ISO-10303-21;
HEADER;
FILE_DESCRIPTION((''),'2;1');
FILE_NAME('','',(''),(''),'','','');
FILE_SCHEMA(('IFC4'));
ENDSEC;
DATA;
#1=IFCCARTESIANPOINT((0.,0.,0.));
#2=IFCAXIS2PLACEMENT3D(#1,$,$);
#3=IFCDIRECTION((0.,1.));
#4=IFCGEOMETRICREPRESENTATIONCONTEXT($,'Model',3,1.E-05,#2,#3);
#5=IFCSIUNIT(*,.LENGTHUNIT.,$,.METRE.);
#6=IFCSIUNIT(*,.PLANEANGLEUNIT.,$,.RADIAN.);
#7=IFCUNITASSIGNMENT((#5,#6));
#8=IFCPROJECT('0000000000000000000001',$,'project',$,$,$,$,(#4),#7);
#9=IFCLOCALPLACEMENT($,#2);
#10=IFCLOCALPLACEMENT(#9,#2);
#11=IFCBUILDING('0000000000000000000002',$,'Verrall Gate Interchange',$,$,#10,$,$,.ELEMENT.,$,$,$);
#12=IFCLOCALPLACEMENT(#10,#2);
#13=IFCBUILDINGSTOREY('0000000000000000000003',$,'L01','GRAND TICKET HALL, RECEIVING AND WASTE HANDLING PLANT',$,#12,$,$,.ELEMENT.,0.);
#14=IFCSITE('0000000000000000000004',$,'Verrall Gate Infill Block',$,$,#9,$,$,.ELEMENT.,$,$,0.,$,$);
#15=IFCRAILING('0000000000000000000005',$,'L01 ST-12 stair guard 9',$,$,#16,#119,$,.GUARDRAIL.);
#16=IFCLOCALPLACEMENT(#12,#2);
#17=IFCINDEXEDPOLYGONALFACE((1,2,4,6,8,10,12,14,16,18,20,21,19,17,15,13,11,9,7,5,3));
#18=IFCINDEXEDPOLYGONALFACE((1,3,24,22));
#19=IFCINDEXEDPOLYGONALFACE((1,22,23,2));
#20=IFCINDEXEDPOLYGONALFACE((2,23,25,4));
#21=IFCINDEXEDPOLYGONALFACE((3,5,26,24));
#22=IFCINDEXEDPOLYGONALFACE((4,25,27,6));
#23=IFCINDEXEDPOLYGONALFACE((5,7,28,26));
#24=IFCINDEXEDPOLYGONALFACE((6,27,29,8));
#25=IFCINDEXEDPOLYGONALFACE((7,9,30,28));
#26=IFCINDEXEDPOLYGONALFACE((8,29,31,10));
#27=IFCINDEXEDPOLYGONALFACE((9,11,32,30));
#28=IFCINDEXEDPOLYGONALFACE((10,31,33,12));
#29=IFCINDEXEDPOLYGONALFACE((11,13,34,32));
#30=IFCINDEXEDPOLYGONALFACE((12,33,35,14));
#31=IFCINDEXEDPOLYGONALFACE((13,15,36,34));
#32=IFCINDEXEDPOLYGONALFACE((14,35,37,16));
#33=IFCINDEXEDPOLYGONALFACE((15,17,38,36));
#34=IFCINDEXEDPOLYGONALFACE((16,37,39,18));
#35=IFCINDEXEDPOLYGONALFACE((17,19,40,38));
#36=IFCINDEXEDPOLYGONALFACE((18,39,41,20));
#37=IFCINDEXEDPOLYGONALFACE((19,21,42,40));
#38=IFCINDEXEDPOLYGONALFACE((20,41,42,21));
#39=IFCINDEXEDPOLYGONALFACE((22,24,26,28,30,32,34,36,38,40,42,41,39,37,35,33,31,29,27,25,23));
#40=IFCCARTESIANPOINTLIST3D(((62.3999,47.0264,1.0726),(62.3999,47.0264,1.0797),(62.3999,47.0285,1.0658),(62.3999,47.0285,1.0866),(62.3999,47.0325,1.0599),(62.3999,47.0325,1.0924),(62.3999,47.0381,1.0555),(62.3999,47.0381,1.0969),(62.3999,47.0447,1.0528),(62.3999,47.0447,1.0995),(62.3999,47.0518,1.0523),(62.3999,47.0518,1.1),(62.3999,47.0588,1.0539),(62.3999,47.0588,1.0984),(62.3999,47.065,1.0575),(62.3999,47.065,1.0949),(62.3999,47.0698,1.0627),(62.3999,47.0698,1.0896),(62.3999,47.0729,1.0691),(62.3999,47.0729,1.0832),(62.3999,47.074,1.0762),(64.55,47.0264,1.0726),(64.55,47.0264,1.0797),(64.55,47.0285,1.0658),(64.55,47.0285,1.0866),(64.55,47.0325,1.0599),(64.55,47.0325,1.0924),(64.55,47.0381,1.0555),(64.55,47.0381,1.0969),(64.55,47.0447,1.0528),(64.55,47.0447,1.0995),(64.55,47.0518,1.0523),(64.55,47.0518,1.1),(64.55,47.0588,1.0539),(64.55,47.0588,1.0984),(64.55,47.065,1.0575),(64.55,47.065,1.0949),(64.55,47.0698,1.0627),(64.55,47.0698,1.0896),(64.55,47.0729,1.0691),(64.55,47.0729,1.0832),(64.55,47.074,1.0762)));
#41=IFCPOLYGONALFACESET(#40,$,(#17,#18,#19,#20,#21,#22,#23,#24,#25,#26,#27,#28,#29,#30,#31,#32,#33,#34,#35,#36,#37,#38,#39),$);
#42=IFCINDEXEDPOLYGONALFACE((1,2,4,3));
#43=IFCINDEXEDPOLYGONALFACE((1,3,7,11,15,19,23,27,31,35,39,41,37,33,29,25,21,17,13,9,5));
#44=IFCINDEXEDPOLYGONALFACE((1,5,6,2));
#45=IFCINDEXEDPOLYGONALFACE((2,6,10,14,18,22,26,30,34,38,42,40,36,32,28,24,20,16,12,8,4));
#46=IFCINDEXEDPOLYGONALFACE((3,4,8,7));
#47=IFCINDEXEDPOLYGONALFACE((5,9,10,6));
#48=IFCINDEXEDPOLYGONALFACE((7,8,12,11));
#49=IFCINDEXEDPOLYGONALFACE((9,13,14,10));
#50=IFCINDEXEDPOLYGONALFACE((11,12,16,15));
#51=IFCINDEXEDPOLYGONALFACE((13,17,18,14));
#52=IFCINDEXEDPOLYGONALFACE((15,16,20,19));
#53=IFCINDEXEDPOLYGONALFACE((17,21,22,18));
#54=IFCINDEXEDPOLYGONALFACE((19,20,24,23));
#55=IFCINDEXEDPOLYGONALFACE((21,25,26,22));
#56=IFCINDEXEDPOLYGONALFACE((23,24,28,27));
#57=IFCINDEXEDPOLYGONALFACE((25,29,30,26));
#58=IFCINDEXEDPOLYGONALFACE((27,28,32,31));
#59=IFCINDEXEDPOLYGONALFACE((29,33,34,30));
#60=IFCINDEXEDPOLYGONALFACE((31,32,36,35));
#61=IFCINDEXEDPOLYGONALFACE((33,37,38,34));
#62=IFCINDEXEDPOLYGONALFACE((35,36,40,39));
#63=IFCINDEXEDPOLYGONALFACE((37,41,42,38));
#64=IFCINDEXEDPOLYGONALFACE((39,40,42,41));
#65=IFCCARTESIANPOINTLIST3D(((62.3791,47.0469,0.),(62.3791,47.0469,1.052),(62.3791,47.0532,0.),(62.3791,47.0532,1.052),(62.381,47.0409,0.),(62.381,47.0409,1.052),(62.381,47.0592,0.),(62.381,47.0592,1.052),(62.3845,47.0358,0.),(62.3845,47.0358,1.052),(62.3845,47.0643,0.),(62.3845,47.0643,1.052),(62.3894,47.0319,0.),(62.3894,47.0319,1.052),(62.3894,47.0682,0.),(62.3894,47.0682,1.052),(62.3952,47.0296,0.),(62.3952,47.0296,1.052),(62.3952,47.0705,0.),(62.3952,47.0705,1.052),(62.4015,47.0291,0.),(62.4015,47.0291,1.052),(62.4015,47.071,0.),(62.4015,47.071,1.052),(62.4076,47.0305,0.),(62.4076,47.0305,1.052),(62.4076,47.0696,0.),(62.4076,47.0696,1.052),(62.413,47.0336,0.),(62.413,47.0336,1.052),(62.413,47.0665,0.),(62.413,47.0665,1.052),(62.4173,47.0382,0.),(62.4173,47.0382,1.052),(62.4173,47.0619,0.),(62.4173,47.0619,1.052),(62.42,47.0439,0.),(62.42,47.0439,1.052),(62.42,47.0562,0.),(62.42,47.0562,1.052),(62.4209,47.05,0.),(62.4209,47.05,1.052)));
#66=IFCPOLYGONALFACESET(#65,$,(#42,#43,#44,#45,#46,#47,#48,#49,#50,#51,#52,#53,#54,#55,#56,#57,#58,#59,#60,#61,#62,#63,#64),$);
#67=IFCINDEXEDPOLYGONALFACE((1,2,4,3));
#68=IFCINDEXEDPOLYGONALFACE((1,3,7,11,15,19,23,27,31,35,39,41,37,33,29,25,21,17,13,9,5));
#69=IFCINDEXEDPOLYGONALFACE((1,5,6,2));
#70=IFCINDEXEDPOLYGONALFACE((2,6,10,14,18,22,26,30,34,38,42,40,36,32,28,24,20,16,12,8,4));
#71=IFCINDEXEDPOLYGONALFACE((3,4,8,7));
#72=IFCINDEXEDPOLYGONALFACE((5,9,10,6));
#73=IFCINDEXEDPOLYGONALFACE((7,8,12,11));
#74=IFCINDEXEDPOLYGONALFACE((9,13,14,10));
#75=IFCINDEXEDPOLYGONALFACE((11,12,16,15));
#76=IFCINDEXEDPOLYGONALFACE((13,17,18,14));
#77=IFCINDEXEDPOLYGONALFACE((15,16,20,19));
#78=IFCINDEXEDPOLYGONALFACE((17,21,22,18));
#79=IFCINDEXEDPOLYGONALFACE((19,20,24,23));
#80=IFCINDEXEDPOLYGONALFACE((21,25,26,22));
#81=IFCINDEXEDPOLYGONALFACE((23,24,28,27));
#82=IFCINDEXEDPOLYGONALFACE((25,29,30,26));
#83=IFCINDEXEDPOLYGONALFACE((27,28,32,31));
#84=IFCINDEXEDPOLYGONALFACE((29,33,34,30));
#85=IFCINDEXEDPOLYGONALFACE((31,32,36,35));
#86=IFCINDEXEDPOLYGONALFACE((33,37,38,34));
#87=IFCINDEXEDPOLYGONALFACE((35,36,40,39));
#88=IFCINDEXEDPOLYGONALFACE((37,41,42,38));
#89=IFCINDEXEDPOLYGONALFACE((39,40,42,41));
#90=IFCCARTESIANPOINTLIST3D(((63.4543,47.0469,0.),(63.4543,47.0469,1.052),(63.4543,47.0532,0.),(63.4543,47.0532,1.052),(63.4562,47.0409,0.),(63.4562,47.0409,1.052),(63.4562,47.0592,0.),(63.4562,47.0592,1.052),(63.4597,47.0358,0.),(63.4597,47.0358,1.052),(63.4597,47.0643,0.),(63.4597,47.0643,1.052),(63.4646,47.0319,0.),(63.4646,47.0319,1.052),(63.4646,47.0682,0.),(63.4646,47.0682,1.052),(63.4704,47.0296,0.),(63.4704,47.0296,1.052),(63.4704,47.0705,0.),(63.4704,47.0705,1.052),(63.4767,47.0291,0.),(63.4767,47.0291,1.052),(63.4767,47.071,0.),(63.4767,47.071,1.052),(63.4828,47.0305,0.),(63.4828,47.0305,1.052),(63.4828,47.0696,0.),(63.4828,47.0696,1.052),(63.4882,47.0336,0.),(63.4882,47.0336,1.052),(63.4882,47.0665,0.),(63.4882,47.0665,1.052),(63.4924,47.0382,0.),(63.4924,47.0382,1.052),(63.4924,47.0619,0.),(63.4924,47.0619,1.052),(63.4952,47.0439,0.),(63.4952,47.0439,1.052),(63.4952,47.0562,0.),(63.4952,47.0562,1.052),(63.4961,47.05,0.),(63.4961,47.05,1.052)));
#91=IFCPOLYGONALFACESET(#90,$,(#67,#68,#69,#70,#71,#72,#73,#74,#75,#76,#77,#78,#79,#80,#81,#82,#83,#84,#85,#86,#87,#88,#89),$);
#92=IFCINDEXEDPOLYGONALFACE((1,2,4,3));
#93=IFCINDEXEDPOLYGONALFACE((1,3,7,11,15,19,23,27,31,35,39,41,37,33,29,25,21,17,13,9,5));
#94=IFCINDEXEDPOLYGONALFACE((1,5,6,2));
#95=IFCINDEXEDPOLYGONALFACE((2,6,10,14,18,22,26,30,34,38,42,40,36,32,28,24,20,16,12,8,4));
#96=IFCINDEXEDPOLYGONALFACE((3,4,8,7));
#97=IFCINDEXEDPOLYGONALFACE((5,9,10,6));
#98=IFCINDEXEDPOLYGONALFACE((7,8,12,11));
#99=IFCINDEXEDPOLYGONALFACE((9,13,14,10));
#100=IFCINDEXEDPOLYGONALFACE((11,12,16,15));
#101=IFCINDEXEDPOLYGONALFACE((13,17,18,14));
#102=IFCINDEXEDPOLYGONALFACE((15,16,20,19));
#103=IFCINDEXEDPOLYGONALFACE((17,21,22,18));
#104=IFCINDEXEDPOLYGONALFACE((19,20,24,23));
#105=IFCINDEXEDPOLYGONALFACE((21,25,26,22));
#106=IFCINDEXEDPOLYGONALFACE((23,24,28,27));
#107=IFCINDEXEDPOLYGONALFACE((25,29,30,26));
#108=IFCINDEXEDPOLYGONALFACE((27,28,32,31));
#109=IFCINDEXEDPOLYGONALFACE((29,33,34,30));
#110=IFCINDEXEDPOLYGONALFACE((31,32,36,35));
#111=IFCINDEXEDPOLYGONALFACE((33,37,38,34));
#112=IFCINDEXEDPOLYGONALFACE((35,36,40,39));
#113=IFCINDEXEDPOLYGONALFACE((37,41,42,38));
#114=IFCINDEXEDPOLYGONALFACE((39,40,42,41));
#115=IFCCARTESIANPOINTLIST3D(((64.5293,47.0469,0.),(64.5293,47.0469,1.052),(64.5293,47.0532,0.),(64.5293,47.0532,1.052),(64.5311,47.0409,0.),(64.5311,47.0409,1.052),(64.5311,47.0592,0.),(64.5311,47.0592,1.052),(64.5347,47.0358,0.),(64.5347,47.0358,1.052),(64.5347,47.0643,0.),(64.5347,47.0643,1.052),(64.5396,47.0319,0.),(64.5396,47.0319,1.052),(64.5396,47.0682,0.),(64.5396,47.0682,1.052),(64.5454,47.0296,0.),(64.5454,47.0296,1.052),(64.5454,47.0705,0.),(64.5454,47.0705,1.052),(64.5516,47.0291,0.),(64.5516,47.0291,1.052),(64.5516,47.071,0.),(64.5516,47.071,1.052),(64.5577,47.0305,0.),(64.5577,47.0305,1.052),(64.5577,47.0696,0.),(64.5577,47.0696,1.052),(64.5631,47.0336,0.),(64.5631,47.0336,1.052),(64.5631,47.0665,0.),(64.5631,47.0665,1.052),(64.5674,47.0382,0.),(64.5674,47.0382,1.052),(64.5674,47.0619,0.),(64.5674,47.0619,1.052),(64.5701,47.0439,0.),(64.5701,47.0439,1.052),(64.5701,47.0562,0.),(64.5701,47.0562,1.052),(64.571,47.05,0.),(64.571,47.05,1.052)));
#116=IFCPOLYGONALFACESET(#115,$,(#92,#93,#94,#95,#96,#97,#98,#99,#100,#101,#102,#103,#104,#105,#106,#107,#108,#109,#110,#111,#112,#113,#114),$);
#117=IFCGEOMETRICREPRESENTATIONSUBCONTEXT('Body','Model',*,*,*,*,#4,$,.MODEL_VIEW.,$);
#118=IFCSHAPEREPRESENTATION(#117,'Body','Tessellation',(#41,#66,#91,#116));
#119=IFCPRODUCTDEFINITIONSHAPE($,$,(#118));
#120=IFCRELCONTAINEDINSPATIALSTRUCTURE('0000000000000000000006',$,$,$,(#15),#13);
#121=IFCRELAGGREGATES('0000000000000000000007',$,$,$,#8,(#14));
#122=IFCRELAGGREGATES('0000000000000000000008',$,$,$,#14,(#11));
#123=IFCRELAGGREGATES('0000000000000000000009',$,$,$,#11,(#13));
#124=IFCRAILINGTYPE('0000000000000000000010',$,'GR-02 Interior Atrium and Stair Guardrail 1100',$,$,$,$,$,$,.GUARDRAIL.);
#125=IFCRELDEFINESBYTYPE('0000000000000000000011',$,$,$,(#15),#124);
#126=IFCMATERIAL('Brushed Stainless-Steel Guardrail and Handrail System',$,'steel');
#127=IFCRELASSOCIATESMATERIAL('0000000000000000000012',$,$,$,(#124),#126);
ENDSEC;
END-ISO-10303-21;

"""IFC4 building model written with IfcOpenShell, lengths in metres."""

from ifc_helpers import new_model, si_unit, direction, frame, origin, origin_2d, place, context, subcontext, project, spatial, circle, extrude, material, type_object, element, save


model = new_model("IFC4")

# Units and contexts
model_context = context("Model", 3, precision=1e-05, world=origin(), true_north=direction((0.0, 1.0)))
body_context = subcontext(model_context, "Body", "Model", "MODEL_VIEW")
ifc_project = project(units=[si_unit("LENGTHUNIT", "METRE"), si_unit("PLANEANGLEUNIT", "RADIAN")], contexts=[model_context])

# Site, building, storey
site_placement = place(None, origin())
site = spatial("IfcSite", under=ifc_project, at=site_placement, Name="Verrall Gate Infill Block", CompositionType="ELEMENT", RefElevation=0.0)
building_placement = place(site_placement, origin())
building = spatial("IfcBuilding", under=site, at=building_placement, Name="Verrall Gate Interchange", CompositionType="ELEMENT")
storey_placement = place(building_placement, origin())
storey = spatial("IfcBuildingStorey", under=building, at=storey_placement, Name="L01", Description="GRAND TICKET HALL, RECEIVING AND WASTE HANDLING PLANT", CompositionType="ELEMENT", Elevation=0.0)

# Railing
ifc_material_1 = material(Name="Brushed Stainless-Steel Guardrail and Handrail System", Category="steel")
railing_type = type_object("IfcRailingType", Name="GR-02 Interior Atrium and Stair Guardrail 1100", PredefinedType="GUARDRAIL", material=ifc_material_1)
railing_placement = place(storey_placement, frame((62.3999, 47.05, 0.0)))
element("IfcRailing", 1, at=railing_placement, inside=storey, type_object=railing_type, Name="L01 ST-12 stair guard 9", PredefinedType="GUARDRAIL", context=body_context, shape_type="SweptSolid", body=[
    extrude(circle(Radius=0.0239, at=origin_2d()), frame((0.0, 0.0, 1.0762), z_axis=(1.0, 0.0, 0.0), x_axis=(0.0, 1.0, 0.0)), (0.0, 0.0, 1.0), 2.1501),
    extrude(circle(Radius=0.021, at=origin_2d()), origin(), (0.0, 0.0, 1.0), 1.052),
    extrude(circle(Radius=0.021, at=origin_2d()), frame((1.0752, 0.0, 0.0)), (0.0, 0.0, 1.0), 1.052),
    extrude(circle(Radius=0.021, at=origin_2d()), frame((2.1501, 0.0, 0.0)), (0.0, 0.0, 1.0), 1.052),
])

save(model, "model.ifc")
